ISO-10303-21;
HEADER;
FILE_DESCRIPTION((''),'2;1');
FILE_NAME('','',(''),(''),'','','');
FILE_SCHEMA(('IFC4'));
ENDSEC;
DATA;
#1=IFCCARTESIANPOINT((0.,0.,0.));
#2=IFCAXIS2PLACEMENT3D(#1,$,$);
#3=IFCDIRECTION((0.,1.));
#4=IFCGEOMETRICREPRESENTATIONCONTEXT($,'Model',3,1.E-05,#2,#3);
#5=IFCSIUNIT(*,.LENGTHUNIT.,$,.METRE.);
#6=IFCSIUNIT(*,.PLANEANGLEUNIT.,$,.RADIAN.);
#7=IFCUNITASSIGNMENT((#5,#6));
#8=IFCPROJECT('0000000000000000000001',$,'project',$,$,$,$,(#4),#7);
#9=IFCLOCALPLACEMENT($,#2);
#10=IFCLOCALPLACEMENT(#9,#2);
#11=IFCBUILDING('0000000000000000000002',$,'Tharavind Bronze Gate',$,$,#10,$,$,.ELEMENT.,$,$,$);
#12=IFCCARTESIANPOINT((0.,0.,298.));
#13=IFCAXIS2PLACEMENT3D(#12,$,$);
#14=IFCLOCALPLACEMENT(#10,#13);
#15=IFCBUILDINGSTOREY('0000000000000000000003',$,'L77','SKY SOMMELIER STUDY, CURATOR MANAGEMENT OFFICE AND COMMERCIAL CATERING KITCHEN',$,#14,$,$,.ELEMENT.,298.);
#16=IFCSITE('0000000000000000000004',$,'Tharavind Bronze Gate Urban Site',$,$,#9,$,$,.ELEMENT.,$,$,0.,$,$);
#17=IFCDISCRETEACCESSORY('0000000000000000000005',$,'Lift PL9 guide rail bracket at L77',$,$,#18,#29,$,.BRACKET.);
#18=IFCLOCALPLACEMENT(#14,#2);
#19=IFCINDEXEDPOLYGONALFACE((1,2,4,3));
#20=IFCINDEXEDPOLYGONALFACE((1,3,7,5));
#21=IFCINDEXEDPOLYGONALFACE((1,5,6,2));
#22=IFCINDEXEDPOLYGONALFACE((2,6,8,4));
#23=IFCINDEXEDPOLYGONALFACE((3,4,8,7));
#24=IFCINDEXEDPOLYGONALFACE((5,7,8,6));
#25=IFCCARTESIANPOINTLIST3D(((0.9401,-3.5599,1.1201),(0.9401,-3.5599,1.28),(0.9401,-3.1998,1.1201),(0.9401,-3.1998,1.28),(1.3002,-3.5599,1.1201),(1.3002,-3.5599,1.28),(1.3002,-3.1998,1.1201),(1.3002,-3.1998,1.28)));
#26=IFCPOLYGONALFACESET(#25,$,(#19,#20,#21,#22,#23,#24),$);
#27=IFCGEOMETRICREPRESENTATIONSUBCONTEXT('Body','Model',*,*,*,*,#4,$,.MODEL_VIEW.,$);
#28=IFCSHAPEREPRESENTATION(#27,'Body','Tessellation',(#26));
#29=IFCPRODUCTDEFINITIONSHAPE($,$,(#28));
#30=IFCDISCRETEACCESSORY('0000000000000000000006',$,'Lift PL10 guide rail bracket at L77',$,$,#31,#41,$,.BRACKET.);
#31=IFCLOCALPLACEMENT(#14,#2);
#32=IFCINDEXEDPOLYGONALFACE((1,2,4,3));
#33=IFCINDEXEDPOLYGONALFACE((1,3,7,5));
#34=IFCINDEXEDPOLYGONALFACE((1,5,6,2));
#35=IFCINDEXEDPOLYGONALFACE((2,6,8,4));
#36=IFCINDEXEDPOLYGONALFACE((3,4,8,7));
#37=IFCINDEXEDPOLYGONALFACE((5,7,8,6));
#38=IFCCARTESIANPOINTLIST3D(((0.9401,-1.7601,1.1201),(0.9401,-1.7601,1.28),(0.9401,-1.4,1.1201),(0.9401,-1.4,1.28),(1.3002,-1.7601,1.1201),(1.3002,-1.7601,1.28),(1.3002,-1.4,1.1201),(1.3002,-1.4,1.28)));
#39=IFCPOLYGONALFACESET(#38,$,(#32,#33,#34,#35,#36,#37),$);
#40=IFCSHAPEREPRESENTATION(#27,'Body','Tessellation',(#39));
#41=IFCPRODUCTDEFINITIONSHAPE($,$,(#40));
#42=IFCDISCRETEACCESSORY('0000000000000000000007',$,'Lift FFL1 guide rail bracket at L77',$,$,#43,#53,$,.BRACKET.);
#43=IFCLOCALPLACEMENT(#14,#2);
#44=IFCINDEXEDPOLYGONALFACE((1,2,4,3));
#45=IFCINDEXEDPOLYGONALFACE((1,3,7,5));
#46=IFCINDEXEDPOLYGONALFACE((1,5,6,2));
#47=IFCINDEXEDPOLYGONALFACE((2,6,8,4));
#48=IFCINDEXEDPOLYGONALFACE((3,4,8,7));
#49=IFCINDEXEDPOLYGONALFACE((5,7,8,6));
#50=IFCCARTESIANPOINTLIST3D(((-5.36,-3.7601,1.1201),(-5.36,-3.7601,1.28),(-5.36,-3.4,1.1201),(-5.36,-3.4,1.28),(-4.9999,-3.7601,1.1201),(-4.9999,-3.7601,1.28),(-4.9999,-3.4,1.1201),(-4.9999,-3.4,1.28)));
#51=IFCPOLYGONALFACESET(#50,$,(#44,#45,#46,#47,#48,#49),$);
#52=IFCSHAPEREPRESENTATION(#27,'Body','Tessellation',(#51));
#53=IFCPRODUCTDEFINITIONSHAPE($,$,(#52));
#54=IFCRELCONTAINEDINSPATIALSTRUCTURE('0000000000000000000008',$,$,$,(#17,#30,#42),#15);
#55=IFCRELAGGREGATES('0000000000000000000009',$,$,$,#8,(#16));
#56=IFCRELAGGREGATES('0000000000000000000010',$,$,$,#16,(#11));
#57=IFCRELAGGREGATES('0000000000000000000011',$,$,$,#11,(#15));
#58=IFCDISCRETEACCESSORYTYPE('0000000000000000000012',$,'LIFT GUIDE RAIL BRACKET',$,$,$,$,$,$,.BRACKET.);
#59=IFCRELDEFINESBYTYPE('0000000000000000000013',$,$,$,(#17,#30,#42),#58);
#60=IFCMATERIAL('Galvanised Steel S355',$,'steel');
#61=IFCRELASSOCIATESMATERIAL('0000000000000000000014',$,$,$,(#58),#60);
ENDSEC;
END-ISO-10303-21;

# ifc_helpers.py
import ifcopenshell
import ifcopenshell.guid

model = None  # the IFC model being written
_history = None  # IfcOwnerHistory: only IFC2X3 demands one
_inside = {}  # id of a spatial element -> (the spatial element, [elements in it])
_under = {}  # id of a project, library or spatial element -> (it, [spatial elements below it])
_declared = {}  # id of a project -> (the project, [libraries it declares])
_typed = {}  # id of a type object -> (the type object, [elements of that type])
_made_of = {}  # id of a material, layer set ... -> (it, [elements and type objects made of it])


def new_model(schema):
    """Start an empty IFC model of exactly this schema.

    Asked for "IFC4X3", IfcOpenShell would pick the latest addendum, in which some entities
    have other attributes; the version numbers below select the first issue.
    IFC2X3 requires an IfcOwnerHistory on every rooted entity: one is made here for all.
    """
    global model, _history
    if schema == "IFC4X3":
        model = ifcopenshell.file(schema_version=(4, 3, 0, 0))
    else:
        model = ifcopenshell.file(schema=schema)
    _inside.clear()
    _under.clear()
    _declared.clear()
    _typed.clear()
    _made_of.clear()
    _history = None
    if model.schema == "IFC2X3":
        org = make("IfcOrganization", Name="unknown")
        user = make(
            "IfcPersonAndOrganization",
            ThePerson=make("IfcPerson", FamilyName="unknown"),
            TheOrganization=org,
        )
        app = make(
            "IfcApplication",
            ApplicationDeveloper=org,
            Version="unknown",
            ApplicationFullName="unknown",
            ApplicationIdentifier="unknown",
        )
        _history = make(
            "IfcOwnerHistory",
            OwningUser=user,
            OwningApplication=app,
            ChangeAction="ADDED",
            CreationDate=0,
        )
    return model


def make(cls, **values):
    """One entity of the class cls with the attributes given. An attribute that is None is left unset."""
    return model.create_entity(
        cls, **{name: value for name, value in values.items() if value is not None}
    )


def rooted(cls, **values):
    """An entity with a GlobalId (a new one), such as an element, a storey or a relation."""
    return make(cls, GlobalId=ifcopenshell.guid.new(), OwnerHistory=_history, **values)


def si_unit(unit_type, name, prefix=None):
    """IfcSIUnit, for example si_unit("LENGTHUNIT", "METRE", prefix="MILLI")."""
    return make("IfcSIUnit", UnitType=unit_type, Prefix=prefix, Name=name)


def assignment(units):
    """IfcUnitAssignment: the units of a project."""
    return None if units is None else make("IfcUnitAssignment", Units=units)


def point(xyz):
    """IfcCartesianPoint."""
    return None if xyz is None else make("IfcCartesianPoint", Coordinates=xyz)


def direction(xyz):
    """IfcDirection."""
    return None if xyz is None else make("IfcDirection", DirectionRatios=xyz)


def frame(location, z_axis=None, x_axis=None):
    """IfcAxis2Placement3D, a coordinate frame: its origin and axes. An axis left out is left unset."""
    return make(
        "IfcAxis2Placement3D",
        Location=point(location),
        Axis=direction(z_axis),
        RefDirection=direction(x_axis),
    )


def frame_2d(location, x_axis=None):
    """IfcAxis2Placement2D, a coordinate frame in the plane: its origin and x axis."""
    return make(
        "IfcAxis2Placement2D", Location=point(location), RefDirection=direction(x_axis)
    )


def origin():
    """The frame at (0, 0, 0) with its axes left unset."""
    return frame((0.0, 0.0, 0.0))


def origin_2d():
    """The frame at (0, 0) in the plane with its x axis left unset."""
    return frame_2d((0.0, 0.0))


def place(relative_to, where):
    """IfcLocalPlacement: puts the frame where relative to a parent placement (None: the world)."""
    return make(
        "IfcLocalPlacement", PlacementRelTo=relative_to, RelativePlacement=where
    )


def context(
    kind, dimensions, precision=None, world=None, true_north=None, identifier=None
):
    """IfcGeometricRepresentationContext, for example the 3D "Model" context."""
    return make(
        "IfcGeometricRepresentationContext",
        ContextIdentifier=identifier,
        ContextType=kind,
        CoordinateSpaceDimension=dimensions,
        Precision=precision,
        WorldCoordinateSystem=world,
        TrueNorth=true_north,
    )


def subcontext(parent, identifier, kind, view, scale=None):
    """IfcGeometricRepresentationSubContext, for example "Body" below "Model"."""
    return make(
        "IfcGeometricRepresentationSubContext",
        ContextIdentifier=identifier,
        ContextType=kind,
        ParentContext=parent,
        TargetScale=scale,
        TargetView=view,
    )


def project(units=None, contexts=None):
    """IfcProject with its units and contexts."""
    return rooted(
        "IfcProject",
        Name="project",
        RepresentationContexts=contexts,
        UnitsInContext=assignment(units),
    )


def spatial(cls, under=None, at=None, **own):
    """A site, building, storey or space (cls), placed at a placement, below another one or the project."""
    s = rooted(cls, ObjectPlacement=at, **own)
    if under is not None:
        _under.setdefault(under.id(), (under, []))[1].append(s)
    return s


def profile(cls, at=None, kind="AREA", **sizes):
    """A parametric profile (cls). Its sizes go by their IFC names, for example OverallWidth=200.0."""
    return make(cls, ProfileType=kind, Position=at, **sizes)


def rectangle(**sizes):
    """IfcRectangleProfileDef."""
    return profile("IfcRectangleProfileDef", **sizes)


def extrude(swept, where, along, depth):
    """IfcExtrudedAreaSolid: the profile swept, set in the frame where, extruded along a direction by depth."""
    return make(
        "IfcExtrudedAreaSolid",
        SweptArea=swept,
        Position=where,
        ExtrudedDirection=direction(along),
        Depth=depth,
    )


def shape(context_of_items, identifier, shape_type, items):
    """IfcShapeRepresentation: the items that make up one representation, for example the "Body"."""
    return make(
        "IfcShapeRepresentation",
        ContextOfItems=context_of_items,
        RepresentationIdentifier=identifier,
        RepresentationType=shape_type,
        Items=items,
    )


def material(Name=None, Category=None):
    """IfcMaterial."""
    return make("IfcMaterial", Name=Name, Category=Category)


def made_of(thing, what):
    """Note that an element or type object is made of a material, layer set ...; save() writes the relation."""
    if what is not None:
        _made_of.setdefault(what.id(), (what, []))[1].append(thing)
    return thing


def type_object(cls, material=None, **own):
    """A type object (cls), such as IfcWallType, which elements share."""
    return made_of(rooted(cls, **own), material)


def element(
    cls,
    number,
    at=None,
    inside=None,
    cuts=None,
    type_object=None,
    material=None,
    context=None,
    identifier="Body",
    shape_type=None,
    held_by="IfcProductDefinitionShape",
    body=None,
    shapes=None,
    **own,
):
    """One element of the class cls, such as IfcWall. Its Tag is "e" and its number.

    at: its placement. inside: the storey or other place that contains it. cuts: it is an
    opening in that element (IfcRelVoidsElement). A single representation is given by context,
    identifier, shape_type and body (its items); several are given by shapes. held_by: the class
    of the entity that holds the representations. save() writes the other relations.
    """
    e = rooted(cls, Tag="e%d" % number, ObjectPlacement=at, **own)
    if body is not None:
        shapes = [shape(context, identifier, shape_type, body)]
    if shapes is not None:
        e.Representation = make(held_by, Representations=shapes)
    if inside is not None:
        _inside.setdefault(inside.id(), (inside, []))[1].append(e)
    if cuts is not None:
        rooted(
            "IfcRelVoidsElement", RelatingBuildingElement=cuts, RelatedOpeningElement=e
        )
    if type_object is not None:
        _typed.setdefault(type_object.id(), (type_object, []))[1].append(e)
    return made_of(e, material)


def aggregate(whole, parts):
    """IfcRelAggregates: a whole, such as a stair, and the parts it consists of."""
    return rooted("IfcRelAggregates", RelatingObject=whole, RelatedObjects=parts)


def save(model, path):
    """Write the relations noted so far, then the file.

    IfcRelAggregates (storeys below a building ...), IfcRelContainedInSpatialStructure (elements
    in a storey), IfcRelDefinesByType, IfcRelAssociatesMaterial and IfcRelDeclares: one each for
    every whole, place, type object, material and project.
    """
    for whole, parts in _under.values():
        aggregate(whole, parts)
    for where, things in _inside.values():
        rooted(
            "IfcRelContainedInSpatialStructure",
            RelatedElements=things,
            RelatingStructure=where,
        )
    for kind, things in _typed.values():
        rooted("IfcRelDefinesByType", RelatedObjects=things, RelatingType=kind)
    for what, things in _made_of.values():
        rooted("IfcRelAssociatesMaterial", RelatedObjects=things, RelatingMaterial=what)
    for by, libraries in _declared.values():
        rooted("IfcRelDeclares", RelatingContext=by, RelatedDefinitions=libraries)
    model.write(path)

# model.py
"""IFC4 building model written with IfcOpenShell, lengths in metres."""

from ifc_helpers import new_model, si_unit, direction, frame, origin, origin_2d, place, context, subcontext, project, spatial, rectangle, extrude, material, type_object, element, save


model = new_model("IFC4")

# Units and contexts
model_context = context("Model", 3, precision=1e-05, world=origin(), true_north=direction((0.0, 1.0)))
body_context = subcontext(model_context, "Body", "Model", "MODEL_VIEW")
ifc_project = project(units=[si_unit("LENGTHUNIT", "METRE"), si_unit("PLANEANGLEUNIT", "RADIAN")], contexts=[model_context])

# Site, building, storey
site_placement = place(None, origin())
site = spatial("IfcSite", under=ifc_project, at=site_placement, Name="Tharavind Bronze Gate Urban Site", CompositionType="ELEMENT", RefElevation=0.0)
building_placement = place(site_placement, origin())
building = spatial("IfcBuilding", under=site, at=building_placement, Name="Tharavind Bronze Gate", CompositionType="ELEMENT")
storey_placement = place(building_placement, frame((0.0, 0.0, 298.0)))
storey = spatial("IfcBuildingStorey", under=building, at=storey_placement, Name="L77", Description="SKY SOMMELIER STUDY, CURATOR MANAGEMENT OFFICE AND COMMERCIAL CATERING KITCHEN", CompositionType="ELEMENT", Elevation=298.0)

# Discrete accessories
ifc_material_1 = material(Name="Galvanised Steel S355", Category="steel")
discrete_accessory_type = type_object("IfcDiscreteAccessoryType", Name="LIFT GUIDE RAIL BRACKET", PredefinedType="BRACKET", material=ifc_material_1)
for number, where, z_axis, x_axis, name in (
    (1, (1.1201, -3.3799, 1.1201), (0.0, 0.0, 1.0), (1.0, 0.0, 0.0), "Lift PL9 guide rail bracket at L77"),
    (2, (1.1201, -1.5801, 1.1201), (0.0, 0.0, 1.0), (1.0, 0.0, 0.0), "Lift PL10 guide rail bracket at L77"),
    (3, (-5.1799, -3.5801, 1.1201), (0.0, 0.0, 1.0), (1.0, 0.0, 0.0), "Lift FFL1 guide rail bracket at L77"),
):
    element("IfcDiscreteAccessory", number, at=place(storey_placement, frame(where, z_axis=z_axis, x_axis=x_axis)), inside=storey, type_object=discrete_accessory_type, Name=name, PredefinedType="BRACKET", context=body_context, shape_type="SweptSolid", body=[
        extrude(rectangle(XDim=0.3601, YDim=0.3601, at=origin_2d()), origin(), (0.0, 0.0, 1.0), 0.1599),
    ])

save(model, "model.ifc")
